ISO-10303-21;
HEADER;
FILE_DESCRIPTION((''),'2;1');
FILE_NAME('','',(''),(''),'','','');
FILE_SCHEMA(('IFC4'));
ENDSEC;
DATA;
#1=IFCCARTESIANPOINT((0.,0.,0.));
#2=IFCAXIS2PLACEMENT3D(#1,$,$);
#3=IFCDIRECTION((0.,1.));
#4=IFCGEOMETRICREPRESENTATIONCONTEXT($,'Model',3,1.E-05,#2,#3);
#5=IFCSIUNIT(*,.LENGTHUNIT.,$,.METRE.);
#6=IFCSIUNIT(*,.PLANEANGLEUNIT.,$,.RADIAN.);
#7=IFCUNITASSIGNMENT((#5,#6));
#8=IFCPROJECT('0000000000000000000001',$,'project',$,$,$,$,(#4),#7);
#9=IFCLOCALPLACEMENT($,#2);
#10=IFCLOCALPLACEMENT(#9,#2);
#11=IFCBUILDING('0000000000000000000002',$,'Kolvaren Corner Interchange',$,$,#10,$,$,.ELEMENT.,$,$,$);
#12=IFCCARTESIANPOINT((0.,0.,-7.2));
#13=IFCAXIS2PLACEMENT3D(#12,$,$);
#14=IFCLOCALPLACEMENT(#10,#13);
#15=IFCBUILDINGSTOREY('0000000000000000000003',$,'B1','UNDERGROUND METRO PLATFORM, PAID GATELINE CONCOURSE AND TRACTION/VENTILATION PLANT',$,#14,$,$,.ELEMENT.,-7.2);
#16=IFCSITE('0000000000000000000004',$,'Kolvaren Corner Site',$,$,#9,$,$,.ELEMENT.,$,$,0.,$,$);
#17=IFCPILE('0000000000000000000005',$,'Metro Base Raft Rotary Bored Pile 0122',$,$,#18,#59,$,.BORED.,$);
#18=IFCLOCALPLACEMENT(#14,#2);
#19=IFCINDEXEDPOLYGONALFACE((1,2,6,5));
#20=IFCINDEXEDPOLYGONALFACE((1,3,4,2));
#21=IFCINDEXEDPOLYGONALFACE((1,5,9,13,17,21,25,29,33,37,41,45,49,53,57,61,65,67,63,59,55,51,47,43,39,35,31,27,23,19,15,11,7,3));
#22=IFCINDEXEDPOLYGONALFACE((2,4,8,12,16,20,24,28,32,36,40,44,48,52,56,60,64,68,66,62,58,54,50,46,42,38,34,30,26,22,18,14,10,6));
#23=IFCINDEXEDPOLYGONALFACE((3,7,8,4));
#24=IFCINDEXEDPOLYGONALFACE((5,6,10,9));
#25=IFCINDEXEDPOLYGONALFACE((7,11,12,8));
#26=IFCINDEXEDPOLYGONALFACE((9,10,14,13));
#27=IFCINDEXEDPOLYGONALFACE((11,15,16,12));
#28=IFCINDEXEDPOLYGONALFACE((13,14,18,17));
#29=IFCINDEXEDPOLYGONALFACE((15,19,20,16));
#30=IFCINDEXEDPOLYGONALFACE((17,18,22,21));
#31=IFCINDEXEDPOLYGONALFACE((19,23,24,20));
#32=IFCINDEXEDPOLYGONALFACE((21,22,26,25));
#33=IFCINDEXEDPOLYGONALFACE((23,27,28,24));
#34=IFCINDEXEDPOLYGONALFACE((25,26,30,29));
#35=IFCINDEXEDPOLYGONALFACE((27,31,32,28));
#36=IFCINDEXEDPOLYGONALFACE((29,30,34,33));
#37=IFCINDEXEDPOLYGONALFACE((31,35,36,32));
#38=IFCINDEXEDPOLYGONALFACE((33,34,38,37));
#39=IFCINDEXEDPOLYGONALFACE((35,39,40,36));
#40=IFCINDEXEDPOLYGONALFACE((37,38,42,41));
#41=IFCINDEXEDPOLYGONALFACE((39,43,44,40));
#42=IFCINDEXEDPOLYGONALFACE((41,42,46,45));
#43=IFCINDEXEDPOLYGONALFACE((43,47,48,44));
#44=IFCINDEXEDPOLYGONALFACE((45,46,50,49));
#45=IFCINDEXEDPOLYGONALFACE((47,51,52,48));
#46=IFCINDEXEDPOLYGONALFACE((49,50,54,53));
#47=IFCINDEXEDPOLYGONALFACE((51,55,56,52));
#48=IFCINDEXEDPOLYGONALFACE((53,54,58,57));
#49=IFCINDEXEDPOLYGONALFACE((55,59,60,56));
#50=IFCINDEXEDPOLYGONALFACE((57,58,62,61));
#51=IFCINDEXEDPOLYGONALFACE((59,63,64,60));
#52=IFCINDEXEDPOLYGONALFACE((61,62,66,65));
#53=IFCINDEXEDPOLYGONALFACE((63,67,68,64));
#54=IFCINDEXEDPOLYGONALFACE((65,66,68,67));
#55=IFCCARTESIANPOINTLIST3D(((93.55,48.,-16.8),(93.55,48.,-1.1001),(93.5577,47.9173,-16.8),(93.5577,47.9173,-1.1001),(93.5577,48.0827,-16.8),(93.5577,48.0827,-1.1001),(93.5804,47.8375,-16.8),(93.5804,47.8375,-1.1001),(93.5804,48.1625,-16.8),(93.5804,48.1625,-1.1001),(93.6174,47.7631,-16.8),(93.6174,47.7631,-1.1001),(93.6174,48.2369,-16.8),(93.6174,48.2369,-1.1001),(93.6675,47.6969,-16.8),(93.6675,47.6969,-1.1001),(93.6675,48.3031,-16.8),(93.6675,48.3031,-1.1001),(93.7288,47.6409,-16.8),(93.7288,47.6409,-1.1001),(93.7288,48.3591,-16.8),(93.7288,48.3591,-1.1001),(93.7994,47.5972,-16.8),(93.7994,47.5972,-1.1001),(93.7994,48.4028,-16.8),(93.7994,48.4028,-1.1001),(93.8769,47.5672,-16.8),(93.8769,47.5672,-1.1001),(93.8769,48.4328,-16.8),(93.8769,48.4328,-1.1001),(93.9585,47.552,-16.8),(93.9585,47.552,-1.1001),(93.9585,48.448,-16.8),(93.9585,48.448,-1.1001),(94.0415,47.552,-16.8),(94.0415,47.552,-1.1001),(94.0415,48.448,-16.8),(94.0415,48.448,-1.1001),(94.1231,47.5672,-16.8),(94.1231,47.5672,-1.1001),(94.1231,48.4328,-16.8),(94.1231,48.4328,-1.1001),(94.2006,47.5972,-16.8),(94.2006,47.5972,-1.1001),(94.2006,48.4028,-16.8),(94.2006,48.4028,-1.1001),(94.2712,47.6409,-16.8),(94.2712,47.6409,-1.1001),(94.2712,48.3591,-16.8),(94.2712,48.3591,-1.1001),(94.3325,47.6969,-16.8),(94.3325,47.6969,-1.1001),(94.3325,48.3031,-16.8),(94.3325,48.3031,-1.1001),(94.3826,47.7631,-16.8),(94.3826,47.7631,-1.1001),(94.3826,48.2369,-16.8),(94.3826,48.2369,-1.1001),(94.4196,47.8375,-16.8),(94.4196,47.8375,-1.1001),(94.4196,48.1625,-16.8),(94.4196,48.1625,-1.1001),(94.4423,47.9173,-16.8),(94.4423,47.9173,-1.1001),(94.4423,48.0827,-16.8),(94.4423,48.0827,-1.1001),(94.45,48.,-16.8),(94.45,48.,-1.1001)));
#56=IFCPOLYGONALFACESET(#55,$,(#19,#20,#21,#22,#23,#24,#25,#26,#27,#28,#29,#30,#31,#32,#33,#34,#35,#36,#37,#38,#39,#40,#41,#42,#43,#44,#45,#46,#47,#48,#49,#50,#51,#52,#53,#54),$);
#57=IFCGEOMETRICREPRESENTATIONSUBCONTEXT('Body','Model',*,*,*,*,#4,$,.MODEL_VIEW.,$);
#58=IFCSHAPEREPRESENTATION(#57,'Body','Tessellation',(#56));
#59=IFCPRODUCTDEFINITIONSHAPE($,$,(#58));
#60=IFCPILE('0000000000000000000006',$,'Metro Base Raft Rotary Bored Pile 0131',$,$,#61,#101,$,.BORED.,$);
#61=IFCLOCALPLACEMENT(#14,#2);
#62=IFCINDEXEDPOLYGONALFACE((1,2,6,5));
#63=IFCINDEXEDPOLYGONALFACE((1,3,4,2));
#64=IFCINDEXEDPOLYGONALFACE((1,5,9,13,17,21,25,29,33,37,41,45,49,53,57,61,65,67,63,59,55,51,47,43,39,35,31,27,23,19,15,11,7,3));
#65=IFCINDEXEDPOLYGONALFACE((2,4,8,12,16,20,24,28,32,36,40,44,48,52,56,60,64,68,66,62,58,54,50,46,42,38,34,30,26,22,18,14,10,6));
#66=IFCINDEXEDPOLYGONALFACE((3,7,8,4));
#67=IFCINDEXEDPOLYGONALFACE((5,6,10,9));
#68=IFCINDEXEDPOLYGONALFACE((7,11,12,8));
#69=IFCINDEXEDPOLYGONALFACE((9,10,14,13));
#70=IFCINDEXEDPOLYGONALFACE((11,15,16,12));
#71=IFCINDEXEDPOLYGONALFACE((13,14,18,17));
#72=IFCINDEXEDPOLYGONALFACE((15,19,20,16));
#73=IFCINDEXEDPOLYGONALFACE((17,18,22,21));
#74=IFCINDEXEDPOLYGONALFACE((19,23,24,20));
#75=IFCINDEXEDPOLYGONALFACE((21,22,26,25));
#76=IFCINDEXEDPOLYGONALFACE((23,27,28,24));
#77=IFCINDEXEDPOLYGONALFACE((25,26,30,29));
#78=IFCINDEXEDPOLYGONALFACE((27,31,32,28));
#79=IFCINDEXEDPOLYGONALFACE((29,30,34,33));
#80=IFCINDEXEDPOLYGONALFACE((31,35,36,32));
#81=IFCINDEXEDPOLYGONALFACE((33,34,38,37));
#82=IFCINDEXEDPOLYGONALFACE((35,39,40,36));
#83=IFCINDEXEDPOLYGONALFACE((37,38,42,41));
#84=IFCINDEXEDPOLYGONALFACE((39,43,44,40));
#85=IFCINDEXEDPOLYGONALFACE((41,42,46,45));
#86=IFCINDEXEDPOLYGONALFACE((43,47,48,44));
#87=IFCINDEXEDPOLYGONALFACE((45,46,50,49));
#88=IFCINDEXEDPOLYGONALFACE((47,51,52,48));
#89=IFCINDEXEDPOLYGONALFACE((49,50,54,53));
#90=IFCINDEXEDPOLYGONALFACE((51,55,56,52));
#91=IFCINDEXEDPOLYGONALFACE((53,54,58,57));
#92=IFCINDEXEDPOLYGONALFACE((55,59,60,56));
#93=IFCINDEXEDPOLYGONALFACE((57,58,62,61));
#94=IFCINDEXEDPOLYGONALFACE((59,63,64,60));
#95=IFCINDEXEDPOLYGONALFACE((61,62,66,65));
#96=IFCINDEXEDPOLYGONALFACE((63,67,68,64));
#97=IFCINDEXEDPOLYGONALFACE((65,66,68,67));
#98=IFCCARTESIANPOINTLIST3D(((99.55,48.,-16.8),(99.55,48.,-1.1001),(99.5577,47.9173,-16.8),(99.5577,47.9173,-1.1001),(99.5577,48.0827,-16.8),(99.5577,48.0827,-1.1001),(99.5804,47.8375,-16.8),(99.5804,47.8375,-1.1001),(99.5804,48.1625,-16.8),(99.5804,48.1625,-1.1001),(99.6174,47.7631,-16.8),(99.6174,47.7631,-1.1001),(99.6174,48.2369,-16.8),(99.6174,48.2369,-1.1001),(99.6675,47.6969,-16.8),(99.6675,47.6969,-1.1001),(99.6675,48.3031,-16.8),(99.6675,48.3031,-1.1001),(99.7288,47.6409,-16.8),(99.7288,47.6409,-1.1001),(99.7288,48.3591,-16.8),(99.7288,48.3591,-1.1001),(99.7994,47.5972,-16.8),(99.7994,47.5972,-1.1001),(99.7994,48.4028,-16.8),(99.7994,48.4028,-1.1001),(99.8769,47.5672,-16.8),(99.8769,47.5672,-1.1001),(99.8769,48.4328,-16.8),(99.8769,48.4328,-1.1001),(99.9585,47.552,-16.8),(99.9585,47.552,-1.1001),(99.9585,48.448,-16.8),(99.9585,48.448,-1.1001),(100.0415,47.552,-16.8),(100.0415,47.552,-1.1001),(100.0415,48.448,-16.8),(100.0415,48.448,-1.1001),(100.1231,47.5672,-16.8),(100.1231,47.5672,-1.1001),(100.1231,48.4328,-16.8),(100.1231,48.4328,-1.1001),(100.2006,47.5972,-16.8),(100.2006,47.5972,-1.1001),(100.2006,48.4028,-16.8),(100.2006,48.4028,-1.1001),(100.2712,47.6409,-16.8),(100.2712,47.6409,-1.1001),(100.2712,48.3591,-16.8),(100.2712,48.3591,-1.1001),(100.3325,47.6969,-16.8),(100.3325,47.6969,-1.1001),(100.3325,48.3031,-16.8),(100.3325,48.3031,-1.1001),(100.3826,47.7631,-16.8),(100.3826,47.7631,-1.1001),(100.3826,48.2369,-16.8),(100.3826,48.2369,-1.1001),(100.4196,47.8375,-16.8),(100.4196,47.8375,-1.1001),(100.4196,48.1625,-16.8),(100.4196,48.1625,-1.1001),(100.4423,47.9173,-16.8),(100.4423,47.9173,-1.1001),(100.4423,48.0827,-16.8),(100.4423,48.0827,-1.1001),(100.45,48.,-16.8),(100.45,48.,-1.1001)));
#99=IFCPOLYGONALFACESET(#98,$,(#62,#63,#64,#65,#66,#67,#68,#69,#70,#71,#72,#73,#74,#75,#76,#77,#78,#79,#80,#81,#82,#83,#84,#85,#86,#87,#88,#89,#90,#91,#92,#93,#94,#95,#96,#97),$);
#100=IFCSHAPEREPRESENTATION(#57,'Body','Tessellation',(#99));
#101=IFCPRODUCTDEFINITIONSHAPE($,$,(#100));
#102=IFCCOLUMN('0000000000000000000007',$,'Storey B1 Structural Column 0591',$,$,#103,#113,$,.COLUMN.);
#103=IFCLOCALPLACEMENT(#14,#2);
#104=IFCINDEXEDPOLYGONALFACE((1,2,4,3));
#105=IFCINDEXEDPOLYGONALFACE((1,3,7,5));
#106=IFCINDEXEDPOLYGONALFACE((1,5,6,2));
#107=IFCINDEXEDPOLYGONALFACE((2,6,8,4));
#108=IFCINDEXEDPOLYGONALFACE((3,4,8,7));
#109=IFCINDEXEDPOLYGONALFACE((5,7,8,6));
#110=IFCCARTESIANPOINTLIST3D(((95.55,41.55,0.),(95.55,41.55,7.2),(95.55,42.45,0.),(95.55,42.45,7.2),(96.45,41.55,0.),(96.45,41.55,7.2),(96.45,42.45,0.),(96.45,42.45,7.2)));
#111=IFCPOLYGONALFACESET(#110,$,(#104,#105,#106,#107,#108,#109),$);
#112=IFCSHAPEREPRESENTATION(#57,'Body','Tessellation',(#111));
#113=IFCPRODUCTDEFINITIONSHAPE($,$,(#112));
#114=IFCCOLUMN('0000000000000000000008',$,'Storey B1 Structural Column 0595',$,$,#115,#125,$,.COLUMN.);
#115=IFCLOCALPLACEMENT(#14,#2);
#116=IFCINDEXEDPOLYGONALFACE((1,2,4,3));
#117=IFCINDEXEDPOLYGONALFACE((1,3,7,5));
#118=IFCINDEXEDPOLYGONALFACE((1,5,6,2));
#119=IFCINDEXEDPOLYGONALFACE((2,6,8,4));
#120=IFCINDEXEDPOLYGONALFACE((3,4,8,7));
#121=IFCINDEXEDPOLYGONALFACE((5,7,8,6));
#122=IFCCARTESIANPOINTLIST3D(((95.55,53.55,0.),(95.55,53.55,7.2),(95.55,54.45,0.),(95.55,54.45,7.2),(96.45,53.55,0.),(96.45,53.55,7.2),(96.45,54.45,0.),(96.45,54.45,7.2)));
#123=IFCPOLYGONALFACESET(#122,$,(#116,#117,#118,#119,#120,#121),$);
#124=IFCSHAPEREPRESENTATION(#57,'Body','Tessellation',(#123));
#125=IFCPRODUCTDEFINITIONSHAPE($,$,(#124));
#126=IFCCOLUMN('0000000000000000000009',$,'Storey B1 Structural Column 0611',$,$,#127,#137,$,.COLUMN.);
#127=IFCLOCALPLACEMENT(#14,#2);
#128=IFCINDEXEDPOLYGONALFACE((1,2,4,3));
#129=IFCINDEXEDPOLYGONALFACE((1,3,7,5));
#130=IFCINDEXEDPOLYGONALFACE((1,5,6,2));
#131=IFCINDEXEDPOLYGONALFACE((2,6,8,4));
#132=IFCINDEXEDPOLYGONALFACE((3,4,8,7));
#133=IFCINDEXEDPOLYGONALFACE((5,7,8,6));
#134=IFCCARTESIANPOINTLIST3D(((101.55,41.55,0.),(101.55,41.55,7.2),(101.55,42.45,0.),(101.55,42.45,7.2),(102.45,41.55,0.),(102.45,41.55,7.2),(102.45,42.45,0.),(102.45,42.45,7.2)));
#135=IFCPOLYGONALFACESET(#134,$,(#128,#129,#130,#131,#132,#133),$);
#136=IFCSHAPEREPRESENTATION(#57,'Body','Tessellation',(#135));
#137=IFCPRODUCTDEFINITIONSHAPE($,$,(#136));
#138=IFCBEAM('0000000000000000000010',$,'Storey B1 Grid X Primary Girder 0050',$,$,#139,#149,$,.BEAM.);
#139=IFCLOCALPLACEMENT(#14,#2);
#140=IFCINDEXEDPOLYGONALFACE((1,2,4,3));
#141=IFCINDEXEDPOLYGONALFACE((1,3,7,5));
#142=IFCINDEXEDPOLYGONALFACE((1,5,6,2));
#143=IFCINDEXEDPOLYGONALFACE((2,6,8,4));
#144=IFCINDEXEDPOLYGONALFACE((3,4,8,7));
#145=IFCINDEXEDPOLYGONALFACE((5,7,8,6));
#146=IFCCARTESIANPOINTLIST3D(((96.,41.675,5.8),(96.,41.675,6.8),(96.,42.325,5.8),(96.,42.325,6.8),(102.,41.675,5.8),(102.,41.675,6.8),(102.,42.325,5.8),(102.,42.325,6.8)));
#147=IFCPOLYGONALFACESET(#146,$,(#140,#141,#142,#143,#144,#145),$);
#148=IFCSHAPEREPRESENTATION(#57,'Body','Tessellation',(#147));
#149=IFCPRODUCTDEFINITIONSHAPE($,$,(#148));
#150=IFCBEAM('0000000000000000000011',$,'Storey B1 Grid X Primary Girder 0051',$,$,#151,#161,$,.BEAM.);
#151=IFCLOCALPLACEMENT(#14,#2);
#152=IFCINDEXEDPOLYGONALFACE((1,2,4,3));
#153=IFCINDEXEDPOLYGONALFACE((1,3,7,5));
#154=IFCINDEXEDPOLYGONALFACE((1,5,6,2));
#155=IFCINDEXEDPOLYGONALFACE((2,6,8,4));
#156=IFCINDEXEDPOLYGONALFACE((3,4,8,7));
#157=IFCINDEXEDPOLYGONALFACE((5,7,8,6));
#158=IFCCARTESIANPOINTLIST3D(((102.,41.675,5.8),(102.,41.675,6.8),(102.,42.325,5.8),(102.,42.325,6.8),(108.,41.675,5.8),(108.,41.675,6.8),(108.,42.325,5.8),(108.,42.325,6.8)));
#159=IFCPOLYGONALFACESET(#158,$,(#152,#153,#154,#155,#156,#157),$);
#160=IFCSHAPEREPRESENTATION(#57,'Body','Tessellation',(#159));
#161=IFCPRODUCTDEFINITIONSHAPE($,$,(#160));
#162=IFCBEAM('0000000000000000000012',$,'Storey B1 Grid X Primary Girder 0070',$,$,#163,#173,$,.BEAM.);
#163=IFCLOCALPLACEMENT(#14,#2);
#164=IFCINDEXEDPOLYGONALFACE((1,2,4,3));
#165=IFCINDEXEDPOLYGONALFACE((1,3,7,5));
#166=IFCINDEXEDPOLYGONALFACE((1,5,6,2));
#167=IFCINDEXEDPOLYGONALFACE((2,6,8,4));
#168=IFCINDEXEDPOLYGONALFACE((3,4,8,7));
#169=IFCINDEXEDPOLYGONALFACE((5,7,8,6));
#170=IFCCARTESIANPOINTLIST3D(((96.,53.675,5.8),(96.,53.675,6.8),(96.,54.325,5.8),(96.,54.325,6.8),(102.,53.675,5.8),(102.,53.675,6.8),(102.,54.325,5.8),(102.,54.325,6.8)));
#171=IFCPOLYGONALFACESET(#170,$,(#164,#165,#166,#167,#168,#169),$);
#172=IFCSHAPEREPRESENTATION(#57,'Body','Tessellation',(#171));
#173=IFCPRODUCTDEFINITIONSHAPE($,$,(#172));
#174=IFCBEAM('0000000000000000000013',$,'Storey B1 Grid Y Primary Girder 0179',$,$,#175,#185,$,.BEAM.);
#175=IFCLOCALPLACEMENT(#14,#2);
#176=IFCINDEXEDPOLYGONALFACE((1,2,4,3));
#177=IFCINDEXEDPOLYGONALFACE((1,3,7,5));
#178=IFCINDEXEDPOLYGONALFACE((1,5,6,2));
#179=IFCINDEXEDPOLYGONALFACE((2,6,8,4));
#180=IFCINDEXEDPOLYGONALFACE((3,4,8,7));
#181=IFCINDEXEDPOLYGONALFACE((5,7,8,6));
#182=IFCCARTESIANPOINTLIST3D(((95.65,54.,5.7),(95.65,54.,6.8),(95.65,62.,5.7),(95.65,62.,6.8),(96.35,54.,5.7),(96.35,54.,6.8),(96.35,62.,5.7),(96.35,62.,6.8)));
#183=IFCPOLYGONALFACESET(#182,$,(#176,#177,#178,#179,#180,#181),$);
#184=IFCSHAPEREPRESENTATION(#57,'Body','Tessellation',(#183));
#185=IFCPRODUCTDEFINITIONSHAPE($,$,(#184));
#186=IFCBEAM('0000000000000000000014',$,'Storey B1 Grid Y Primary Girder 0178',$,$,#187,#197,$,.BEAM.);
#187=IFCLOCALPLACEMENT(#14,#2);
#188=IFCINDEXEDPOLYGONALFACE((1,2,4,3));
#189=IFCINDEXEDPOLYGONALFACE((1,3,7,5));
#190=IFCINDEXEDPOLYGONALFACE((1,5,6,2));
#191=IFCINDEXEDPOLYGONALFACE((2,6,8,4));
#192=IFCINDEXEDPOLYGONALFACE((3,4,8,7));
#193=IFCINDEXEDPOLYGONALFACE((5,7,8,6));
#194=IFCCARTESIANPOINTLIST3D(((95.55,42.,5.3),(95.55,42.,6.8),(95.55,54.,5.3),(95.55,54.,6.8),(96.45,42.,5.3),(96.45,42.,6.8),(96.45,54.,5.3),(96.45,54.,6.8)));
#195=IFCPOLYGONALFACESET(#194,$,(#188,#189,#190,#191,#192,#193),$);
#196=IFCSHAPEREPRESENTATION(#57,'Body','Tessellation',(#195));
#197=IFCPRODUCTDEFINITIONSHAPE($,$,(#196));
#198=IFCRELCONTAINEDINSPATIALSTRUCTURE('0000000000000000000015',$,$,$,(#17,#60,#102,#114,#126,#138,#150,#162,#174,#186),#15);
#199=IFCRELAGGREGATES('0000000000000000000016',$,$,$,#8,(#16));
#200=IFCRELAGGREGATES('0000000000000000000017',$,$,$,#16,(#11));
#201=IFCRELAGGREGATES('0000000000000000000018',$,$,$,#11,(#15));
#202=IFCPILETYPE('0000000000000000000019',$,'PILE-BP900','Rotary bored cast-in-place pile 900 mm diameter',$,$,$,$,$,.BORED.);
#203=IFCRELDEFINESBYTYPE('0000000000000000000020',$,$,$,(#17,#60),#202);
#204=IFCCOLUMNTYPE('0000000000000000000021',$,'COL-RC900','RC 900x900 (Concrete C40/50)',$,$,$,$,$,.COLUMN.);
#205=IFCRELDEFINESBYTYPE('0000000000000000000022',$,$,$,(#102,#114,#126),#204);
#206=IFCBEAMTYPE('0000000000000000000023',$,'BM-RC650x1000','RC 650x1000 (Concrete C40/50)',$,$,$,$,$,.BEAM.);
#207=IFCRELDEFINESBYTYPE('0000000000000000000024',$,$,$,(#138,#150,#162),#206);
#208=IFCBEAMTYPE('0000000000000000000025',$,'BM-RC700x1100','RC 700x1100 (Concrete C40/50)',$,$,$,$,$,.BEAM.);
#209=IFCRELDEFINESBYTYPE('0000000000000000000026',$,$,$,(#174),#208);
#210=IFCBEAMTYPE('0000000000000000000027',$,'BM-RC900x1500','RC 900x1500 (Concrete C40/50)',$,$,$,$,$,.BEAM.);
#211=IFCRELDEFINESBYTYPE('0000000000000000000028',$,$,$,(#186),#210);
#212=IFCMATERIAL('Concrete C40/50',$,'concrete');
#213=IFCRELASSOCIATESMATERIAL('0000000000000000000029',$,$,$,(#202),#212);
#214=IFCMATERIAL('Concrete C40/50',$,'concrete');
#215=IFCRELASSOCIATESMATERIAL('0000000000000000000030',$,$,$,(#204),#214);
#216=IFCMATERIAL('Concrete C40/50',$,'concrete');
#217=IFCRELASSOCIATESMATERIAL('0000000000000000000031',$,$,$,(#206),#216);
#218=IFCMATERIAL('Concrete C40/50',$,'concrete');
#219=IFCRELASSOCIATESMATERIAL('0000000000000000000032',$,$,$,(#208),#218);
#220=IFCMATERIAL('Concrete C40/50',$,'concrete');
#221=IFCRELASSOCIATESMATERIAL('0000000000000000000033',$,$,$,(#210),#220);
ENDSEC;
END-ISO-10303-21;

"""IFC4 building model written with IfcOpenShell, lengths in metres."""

from ifc_helpers import new_model, si_unit, direction, frame, origin, origin_2d, place, context, subcontext, project, spatial, rectangle, circle, extrude, material, material_profile, profile_set, type_object, element, save


model = new_model("IFC4")

# Units and contexts
model_context = context("Model", 3, precision=1e-05, world=origin(), true_north=direction((0.0, 1.0)))
body_context = subcontext(model_context, "Body", "Model", "MODEL_VIEW")
ifc_project = project(units=[si_unit("LENGTHUNIT", "METRE"), si_unit("PLANEANGLEUNIT", "RADIAN")], contexts=[model_context])

# Site, building, storey
site_placement = place(None, origin())
site = spatial("IfcSite", under=ifc_project, at=site_placement, Name="Kolvaren Corner Site", CompositionType="ELEMENT", RefElevation=0.0)
building_placement = place(site_placement, origin())
building = spatial("IfcBuilding", under=site, at=building_placement, Name="Kolvaren Corner Interchange", CompositionType="ELEMENT")
storey_placement = place(building_placement, frame((0.0, 0.0, -7.2)))
storey = spatial("IfcBuildingStorey", under=building, at=storey_placement, Name="B1", Description="UNDERGROUND METRO PLATFORM, PAID GATELINE CONCOURSE AND TRACTION/VENTILATION PLANT", CompositionType="ELEMENT", Elevation=-7.2)

# Piles
ifc_material_1 = material(Name="Concrete C40/50", Category="concrete")
ifc_material_profile_1 = material_profile(ifc_material_1, circle(Radius=0.45, at=origin_2d()), Name="BORED PILE 900")
ifc_profile_set_1 = profile_set([ifc_material_profile_1], Name="Concrete C40/50")
pile_type_1 = type_object("IfcPileType", Name="PILE-BP900", Description="Rotary bored cast-in-place pile 900 mm diameter", PredefinedType="BORED", material=ifc_profile_set_1)
for number, where, z_axis, x_axis, name in (
    (1, (94.0, 48.0, -1.1001), (0.0, 0.0, -1.0), (1.0, 0.0, 0.0), "Metro Base Raft Rotary Bored Pile 0122"),
    (2, (100.0, 48.0, -1.1001), (0.0, 0.0, -1.0), (1.0, 0.0, 0.0), "Metro Base Raft Rotary Bored Pile 0131"),
):
    element("IfcPile", number, at=place(storey_placement, frame(where, z_axis=z_axis, x_axis=x_axis)), inside=storey, type_object=pile_type_1, Name=name, PredefinedType="BORED", context=body_context, shape_type="SweptSolid", body=[
        extrude(circle(Radius=0.45, at=origin_2d()), origin(), (0.0, 0.0, 1.0), 15.7),
    ])

# Columns
ifc_material_2 = material(Name="Concrete C40/50", Category="concrete")
ifc_material_profile_2 = material_profile(ifc_material_2, rectangle(XDim=0.8999, YDim=0.8999, at=origin_2d()), Name="RC 900x900")
ifc_profile_set_2 = profile_set([ifc_material_profile_2], Name="Concrete C40/50")
column_type = type_object("IfcColumnType", Name="COL-RC900", Description="RC 900x900 (Concrete C40/50)", PredefinedType="COLUMN", material=ifc_profile_set_2)
for number, where, z_axis, x_axis, name in (
    (3, (96.0, 42.0, 0.0), (0.0, 0.0, 1.0), (1.0, 0.0, 0.0), "Storey B1 Structural Column 0591"),
    (4, (96.0, 54.0, 0.0), (0.0, 0.0, 1.0), (1.0, 0.0, 0.0), "Storey B1 Structural Column 0595"),
    (5, (102.0, 42.0, 0.0), (0.0, 0.0, 1.0), (1.0, 0.0, 0.0), "Storey B1 Structural Column 0611"),
):
    element("IfcColumn", number, at=place(storey_placement, frame(where, z_axis=z_axis, x_axis=x_axis)), inside=storey, type_object=column_type, Name=name, PredefinedType="COLUMN", context=body_context, shape_type="SweptSolid", body=[
        extrude(rectangle(XDim=0.8999, YDim=0.8999, at=origin_2d()), origin(), (0.0, 0.0, 1.0), 7.2),
    ])

# Beams
ifc_material_3 = material(Name="Concrete C40/50", Category="concrete")
ifc_material_profile_3 = material_profile(ifc_material_3, rectangle(XDim=0.6499, YDim=1.0, at=origin_2d()), Name="RC 650x1000")
ifc_profile_set_3 = profile_set([ifc_material_profile_3], Name="Concrete C40/50")
beam_type_1 = type_object("IfcBeamType", Name="BM-RC650x1000", Description="RC 650x1000 (Concrete C40/50)", PredefinedType="BEAM", material=ifc_profile_set_3)
for number, where, z_axis, x_axis, name in (
    (6, (96.0, 42.0, 6.3), (1.0, 0.0, 0.0), (0.0, 1.0, 0.0), "Storey B1 Grid X Primary Girder 0050"),
    (7, (102.0, 42.0, 6.3), (1.0, 0.0, 0.0), (0.0, 1.0, 0.0), "Storey B1 Grid X Primary Girder 0051"),
    (8, (96.0, 54.0, 6.3), (1.0, 0.0, 0.0), (0.0, 1.0, 0.0), "Storey B1 Grid X Primary Girder 0070"),
):
    element("IfcBeam", number, at=place(storey_placement, frame(where, z_axis=z_axis, x_axis=x_axis)), inside=storey, type_object=beam_type_1, Name=name, PredefinedType="BEAM", context=body_context, shape_type="SweptSolid", body=[
        extrude(rectangle(XDim=0.6499, YDim=1.0, at=origin_2d()), origin(), (0.0, 0.0, 1.0), 6.0),
    ])
ifc_material_4 = material(Name="Concrete C40/50", Category="concrete")
ifc_material_profile_4 = material_profile(ifc_material_4, rectangle(XDim=0.7, YDim=1.1001, at=origin_2d()), Name="RC 700x1100")
ifc_profile_set_4 = profile_set([ifc_material_profile_4], Name="Concrete C40/50")
beam_type_2 = type_object("IfcBeamType", Name="BM-RC700x1100", Description="RC 700x1100 (Concrete C40/50)", PredefinedType="BEAM", material=ifc_profile_set_4)
beam_1_placement = place(storey_placement, frame((96.0, 54.0, 6.25), z_axis=(0.0, 1.0, 0.0), x_axis=(-1.0, 0.0, 0.0)))
element("IfcBeam", 9, at=beam_1_placement, inside=storey, type_object=beam_type_2, Name="Storey B1 Grid Y Primary Girder 0179", PredefinedType="BEAM", context=body_context, shape_type="SweptSolid", body=[
    extrude(rectangle(XDim=0.7, YDim=1.1001, at=origin_2d()), origin(), (0.0, 0.0, 1.0), 8.0),
])
ifc_material_5 = material(Name="Concrete C40/50", Category="concrete")
ifc_material_profile_5 = material_profile(ifc_material_5, rectangle(XDim=0.8999, YDim=1.5, at=origin_2d()), Name="RC 900x1500")
ifc_profile_set_5 = profile_set([ifc_material_profile_5], Name="Concrete C40/50")
beam_type_3 = type_object("IfcBeamType", Name="BM-RC900x1500", Description="RC 900x1500 (Concrete C40/50)", PredefinedType="BEAM", material=ifc_profile_set_5)
beam_2_placement = place(storey_placement, frame((96.0, 42.0, 6.05), z_axis=(0.0, 1.0, 0.0), x_axis=(-1.0, 0.0, 0.0)))
element("IfcBeam", 10, at=beam_2_placement, inside=storey, type_object=beam_type_3, Name="Storey B1 Grid Y Primary Girder 0178", PredefinedType="BEAM", context=body_context, shape_type="SweptSolid", body=[
    extrude(rectangle(XDim=0.8999, YDim=1.5, at=origin_2d()), origin(), (0.0, 0.0, 1.0), 12.0),
])

save(model, "model.ifc")
